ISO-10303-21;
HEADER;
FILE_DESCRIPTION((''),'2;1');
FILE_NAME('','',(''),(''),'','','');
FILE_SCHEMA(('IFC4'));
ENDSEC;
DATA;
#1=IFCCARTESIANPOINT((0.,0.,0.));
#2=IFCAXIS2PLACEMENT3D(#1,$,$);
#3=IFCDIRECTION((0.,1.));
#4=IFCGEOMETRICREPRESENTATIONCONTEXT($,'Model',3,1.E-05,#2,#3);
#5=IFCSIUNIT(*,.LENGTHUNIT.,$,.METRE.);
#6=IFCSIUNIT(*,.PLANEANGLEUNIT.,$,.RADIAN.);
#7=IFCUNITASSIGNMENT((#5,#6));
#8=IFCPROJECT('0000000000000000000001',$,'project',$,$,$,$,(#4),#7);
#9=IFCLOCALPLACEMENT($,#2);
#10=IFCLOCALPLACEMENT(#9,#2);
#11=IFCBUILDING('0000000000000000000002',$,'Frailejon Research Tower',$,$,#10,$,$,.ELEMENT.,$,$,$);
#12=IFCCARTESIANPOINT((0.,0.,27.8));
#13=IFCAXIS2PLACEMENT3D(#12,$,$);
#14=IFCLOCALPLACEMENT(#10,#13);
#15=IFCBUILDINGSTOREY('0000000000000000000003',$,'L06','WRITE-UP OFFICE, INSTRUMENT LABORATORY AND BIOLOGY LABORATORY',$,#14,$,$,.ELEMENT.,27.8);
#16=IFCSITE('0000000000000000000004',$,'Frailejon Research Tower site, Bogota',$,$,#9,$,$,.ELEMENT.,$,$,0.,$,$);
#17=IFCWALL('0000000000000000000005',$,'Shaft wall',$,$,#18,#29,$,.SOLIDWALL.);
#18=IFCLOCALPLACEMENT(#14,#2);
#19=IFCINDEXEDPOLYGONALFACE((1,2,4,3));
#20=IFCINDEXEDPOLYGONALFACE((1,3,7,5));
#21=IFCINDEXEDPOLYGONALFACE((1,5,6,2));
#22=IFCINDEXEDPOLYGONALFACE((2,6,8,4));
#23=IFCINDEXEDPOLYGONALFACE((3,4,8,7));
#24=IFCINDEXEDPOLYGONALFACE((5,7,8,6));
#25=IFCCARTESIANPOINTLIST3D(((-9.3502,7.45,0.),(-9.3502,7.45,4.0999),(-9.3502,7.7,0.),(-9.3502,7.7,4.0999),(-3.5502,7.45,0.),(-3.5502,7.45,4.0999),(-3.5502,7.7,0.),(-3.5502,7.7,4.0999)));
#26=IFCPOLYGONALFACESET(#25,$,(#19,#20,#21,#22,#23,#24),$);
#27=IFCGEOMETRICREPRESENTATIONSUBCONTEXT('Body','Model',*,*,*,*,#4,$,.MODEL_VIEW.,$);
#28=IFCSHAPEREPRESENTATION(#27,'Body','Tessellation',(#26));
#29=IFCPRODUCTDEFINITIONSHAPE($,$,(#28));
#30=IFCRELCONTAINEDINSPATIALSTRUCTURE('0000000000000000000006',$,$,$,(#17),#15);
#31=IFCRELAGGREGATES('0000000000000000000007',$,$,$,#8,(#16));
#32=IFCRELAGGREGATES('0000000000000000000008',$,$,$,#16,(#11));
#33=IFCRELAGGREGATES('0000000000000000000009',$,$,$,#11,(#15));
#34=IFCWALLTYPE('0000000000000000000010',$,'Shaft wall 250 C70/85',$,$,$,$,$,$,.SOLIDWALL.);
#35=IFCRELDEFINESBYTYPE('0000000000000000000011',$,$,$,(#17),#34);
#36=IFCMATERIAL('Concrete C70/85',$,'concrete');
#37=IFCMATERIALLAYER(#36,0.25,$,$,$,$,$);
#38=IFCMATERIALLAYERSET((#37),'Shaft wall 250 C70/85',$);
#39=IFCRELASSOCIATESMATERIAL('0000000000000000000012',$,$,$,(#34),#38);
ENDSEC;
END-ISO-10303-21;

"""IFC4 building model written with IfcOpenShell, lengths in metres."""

from ifc_helpers import new_model, si_unit, direction, frame, frame_2d, origin, place, context, subcontext, project, spatial, rectangle, extrude, material, layer, layer_set, type_object, element, save


model = new_model("IFC4")

# Units and contexts
model_context = context("Model", 3, precision=1e-05, world=origin(), true_north=direction((0.0, 1.0)))
body_context = subcontext(model_context, "Body", "Model", "MODEL_VIEW")
ifc_project = project(units=[si_unit("LENGTHUNIT", "METRE"), si_unit("PLANEANGLEUNIT", "RADIAN")], contexts=[model_context])

# Site, building, storey
site_placement = place(None, origin())
site = spatial("IfcSite", under=ifc_project, at=site_placement, Name="Frailejon Research Tower site, Bogota", CompositionType="ELEMENT", RefElevation=0.0)
building_placement = place(site_placement, origin())
building = spatial("IfcBuilding", under=site, at=building_placement, Name="Frailejon Research Tower", CompositionType="ELEMENT")
storey_placement = place(building_placement, frame((0.0, 0.0, 27.8)))
storey = spatial("IfcBuildingStorey", under=building, at=storey_placement, Name="L06", Description="WRITE-UP OFFICE, INSTRUMENT LABORATORY AND BIOLOGY LABORATORY", CompositionType="ELEMENT", Elevation=27.8)

# Shared definitions
ifc_material_1 = material(Name="Concrete C70/85", Category="concrete")
ifc_layer_1 = layer(ifc_material_1, 0.25)
ifc_layer_set_1 = layer_set([ifc_layer_1], Name="Shaft wall 250 C70/85")
wall_type_1 = type_object("IfcWallType", Name="Shaft wall 250 C70/85", PredefinedType="SOLIDWALL", material=ifc_layer_set_1)

# Wall
wall_1_placement = place(storey_placement, frame((-9.3501, 7.575, 0.0), z_axis=(0.0, 0.0, 1.0), x_axis=(1.0, 0.0, 0.0)))
element("IfcWall", 1, at=wall_1_placement, inside=storey, type_object=wall_type_1, Name="Shaft wall", PredefinedType="SOLIDWALL", context=body_context, shape_type="SweptSolid", body=[
    extrude(rectangle(XDim=5.8, YDim=0.25, at=frame_2d((2.8999, 0.0))), origin(), (0.0, 0.0, 1.0), 4.0999),
])

save(model, "model.ifc")
